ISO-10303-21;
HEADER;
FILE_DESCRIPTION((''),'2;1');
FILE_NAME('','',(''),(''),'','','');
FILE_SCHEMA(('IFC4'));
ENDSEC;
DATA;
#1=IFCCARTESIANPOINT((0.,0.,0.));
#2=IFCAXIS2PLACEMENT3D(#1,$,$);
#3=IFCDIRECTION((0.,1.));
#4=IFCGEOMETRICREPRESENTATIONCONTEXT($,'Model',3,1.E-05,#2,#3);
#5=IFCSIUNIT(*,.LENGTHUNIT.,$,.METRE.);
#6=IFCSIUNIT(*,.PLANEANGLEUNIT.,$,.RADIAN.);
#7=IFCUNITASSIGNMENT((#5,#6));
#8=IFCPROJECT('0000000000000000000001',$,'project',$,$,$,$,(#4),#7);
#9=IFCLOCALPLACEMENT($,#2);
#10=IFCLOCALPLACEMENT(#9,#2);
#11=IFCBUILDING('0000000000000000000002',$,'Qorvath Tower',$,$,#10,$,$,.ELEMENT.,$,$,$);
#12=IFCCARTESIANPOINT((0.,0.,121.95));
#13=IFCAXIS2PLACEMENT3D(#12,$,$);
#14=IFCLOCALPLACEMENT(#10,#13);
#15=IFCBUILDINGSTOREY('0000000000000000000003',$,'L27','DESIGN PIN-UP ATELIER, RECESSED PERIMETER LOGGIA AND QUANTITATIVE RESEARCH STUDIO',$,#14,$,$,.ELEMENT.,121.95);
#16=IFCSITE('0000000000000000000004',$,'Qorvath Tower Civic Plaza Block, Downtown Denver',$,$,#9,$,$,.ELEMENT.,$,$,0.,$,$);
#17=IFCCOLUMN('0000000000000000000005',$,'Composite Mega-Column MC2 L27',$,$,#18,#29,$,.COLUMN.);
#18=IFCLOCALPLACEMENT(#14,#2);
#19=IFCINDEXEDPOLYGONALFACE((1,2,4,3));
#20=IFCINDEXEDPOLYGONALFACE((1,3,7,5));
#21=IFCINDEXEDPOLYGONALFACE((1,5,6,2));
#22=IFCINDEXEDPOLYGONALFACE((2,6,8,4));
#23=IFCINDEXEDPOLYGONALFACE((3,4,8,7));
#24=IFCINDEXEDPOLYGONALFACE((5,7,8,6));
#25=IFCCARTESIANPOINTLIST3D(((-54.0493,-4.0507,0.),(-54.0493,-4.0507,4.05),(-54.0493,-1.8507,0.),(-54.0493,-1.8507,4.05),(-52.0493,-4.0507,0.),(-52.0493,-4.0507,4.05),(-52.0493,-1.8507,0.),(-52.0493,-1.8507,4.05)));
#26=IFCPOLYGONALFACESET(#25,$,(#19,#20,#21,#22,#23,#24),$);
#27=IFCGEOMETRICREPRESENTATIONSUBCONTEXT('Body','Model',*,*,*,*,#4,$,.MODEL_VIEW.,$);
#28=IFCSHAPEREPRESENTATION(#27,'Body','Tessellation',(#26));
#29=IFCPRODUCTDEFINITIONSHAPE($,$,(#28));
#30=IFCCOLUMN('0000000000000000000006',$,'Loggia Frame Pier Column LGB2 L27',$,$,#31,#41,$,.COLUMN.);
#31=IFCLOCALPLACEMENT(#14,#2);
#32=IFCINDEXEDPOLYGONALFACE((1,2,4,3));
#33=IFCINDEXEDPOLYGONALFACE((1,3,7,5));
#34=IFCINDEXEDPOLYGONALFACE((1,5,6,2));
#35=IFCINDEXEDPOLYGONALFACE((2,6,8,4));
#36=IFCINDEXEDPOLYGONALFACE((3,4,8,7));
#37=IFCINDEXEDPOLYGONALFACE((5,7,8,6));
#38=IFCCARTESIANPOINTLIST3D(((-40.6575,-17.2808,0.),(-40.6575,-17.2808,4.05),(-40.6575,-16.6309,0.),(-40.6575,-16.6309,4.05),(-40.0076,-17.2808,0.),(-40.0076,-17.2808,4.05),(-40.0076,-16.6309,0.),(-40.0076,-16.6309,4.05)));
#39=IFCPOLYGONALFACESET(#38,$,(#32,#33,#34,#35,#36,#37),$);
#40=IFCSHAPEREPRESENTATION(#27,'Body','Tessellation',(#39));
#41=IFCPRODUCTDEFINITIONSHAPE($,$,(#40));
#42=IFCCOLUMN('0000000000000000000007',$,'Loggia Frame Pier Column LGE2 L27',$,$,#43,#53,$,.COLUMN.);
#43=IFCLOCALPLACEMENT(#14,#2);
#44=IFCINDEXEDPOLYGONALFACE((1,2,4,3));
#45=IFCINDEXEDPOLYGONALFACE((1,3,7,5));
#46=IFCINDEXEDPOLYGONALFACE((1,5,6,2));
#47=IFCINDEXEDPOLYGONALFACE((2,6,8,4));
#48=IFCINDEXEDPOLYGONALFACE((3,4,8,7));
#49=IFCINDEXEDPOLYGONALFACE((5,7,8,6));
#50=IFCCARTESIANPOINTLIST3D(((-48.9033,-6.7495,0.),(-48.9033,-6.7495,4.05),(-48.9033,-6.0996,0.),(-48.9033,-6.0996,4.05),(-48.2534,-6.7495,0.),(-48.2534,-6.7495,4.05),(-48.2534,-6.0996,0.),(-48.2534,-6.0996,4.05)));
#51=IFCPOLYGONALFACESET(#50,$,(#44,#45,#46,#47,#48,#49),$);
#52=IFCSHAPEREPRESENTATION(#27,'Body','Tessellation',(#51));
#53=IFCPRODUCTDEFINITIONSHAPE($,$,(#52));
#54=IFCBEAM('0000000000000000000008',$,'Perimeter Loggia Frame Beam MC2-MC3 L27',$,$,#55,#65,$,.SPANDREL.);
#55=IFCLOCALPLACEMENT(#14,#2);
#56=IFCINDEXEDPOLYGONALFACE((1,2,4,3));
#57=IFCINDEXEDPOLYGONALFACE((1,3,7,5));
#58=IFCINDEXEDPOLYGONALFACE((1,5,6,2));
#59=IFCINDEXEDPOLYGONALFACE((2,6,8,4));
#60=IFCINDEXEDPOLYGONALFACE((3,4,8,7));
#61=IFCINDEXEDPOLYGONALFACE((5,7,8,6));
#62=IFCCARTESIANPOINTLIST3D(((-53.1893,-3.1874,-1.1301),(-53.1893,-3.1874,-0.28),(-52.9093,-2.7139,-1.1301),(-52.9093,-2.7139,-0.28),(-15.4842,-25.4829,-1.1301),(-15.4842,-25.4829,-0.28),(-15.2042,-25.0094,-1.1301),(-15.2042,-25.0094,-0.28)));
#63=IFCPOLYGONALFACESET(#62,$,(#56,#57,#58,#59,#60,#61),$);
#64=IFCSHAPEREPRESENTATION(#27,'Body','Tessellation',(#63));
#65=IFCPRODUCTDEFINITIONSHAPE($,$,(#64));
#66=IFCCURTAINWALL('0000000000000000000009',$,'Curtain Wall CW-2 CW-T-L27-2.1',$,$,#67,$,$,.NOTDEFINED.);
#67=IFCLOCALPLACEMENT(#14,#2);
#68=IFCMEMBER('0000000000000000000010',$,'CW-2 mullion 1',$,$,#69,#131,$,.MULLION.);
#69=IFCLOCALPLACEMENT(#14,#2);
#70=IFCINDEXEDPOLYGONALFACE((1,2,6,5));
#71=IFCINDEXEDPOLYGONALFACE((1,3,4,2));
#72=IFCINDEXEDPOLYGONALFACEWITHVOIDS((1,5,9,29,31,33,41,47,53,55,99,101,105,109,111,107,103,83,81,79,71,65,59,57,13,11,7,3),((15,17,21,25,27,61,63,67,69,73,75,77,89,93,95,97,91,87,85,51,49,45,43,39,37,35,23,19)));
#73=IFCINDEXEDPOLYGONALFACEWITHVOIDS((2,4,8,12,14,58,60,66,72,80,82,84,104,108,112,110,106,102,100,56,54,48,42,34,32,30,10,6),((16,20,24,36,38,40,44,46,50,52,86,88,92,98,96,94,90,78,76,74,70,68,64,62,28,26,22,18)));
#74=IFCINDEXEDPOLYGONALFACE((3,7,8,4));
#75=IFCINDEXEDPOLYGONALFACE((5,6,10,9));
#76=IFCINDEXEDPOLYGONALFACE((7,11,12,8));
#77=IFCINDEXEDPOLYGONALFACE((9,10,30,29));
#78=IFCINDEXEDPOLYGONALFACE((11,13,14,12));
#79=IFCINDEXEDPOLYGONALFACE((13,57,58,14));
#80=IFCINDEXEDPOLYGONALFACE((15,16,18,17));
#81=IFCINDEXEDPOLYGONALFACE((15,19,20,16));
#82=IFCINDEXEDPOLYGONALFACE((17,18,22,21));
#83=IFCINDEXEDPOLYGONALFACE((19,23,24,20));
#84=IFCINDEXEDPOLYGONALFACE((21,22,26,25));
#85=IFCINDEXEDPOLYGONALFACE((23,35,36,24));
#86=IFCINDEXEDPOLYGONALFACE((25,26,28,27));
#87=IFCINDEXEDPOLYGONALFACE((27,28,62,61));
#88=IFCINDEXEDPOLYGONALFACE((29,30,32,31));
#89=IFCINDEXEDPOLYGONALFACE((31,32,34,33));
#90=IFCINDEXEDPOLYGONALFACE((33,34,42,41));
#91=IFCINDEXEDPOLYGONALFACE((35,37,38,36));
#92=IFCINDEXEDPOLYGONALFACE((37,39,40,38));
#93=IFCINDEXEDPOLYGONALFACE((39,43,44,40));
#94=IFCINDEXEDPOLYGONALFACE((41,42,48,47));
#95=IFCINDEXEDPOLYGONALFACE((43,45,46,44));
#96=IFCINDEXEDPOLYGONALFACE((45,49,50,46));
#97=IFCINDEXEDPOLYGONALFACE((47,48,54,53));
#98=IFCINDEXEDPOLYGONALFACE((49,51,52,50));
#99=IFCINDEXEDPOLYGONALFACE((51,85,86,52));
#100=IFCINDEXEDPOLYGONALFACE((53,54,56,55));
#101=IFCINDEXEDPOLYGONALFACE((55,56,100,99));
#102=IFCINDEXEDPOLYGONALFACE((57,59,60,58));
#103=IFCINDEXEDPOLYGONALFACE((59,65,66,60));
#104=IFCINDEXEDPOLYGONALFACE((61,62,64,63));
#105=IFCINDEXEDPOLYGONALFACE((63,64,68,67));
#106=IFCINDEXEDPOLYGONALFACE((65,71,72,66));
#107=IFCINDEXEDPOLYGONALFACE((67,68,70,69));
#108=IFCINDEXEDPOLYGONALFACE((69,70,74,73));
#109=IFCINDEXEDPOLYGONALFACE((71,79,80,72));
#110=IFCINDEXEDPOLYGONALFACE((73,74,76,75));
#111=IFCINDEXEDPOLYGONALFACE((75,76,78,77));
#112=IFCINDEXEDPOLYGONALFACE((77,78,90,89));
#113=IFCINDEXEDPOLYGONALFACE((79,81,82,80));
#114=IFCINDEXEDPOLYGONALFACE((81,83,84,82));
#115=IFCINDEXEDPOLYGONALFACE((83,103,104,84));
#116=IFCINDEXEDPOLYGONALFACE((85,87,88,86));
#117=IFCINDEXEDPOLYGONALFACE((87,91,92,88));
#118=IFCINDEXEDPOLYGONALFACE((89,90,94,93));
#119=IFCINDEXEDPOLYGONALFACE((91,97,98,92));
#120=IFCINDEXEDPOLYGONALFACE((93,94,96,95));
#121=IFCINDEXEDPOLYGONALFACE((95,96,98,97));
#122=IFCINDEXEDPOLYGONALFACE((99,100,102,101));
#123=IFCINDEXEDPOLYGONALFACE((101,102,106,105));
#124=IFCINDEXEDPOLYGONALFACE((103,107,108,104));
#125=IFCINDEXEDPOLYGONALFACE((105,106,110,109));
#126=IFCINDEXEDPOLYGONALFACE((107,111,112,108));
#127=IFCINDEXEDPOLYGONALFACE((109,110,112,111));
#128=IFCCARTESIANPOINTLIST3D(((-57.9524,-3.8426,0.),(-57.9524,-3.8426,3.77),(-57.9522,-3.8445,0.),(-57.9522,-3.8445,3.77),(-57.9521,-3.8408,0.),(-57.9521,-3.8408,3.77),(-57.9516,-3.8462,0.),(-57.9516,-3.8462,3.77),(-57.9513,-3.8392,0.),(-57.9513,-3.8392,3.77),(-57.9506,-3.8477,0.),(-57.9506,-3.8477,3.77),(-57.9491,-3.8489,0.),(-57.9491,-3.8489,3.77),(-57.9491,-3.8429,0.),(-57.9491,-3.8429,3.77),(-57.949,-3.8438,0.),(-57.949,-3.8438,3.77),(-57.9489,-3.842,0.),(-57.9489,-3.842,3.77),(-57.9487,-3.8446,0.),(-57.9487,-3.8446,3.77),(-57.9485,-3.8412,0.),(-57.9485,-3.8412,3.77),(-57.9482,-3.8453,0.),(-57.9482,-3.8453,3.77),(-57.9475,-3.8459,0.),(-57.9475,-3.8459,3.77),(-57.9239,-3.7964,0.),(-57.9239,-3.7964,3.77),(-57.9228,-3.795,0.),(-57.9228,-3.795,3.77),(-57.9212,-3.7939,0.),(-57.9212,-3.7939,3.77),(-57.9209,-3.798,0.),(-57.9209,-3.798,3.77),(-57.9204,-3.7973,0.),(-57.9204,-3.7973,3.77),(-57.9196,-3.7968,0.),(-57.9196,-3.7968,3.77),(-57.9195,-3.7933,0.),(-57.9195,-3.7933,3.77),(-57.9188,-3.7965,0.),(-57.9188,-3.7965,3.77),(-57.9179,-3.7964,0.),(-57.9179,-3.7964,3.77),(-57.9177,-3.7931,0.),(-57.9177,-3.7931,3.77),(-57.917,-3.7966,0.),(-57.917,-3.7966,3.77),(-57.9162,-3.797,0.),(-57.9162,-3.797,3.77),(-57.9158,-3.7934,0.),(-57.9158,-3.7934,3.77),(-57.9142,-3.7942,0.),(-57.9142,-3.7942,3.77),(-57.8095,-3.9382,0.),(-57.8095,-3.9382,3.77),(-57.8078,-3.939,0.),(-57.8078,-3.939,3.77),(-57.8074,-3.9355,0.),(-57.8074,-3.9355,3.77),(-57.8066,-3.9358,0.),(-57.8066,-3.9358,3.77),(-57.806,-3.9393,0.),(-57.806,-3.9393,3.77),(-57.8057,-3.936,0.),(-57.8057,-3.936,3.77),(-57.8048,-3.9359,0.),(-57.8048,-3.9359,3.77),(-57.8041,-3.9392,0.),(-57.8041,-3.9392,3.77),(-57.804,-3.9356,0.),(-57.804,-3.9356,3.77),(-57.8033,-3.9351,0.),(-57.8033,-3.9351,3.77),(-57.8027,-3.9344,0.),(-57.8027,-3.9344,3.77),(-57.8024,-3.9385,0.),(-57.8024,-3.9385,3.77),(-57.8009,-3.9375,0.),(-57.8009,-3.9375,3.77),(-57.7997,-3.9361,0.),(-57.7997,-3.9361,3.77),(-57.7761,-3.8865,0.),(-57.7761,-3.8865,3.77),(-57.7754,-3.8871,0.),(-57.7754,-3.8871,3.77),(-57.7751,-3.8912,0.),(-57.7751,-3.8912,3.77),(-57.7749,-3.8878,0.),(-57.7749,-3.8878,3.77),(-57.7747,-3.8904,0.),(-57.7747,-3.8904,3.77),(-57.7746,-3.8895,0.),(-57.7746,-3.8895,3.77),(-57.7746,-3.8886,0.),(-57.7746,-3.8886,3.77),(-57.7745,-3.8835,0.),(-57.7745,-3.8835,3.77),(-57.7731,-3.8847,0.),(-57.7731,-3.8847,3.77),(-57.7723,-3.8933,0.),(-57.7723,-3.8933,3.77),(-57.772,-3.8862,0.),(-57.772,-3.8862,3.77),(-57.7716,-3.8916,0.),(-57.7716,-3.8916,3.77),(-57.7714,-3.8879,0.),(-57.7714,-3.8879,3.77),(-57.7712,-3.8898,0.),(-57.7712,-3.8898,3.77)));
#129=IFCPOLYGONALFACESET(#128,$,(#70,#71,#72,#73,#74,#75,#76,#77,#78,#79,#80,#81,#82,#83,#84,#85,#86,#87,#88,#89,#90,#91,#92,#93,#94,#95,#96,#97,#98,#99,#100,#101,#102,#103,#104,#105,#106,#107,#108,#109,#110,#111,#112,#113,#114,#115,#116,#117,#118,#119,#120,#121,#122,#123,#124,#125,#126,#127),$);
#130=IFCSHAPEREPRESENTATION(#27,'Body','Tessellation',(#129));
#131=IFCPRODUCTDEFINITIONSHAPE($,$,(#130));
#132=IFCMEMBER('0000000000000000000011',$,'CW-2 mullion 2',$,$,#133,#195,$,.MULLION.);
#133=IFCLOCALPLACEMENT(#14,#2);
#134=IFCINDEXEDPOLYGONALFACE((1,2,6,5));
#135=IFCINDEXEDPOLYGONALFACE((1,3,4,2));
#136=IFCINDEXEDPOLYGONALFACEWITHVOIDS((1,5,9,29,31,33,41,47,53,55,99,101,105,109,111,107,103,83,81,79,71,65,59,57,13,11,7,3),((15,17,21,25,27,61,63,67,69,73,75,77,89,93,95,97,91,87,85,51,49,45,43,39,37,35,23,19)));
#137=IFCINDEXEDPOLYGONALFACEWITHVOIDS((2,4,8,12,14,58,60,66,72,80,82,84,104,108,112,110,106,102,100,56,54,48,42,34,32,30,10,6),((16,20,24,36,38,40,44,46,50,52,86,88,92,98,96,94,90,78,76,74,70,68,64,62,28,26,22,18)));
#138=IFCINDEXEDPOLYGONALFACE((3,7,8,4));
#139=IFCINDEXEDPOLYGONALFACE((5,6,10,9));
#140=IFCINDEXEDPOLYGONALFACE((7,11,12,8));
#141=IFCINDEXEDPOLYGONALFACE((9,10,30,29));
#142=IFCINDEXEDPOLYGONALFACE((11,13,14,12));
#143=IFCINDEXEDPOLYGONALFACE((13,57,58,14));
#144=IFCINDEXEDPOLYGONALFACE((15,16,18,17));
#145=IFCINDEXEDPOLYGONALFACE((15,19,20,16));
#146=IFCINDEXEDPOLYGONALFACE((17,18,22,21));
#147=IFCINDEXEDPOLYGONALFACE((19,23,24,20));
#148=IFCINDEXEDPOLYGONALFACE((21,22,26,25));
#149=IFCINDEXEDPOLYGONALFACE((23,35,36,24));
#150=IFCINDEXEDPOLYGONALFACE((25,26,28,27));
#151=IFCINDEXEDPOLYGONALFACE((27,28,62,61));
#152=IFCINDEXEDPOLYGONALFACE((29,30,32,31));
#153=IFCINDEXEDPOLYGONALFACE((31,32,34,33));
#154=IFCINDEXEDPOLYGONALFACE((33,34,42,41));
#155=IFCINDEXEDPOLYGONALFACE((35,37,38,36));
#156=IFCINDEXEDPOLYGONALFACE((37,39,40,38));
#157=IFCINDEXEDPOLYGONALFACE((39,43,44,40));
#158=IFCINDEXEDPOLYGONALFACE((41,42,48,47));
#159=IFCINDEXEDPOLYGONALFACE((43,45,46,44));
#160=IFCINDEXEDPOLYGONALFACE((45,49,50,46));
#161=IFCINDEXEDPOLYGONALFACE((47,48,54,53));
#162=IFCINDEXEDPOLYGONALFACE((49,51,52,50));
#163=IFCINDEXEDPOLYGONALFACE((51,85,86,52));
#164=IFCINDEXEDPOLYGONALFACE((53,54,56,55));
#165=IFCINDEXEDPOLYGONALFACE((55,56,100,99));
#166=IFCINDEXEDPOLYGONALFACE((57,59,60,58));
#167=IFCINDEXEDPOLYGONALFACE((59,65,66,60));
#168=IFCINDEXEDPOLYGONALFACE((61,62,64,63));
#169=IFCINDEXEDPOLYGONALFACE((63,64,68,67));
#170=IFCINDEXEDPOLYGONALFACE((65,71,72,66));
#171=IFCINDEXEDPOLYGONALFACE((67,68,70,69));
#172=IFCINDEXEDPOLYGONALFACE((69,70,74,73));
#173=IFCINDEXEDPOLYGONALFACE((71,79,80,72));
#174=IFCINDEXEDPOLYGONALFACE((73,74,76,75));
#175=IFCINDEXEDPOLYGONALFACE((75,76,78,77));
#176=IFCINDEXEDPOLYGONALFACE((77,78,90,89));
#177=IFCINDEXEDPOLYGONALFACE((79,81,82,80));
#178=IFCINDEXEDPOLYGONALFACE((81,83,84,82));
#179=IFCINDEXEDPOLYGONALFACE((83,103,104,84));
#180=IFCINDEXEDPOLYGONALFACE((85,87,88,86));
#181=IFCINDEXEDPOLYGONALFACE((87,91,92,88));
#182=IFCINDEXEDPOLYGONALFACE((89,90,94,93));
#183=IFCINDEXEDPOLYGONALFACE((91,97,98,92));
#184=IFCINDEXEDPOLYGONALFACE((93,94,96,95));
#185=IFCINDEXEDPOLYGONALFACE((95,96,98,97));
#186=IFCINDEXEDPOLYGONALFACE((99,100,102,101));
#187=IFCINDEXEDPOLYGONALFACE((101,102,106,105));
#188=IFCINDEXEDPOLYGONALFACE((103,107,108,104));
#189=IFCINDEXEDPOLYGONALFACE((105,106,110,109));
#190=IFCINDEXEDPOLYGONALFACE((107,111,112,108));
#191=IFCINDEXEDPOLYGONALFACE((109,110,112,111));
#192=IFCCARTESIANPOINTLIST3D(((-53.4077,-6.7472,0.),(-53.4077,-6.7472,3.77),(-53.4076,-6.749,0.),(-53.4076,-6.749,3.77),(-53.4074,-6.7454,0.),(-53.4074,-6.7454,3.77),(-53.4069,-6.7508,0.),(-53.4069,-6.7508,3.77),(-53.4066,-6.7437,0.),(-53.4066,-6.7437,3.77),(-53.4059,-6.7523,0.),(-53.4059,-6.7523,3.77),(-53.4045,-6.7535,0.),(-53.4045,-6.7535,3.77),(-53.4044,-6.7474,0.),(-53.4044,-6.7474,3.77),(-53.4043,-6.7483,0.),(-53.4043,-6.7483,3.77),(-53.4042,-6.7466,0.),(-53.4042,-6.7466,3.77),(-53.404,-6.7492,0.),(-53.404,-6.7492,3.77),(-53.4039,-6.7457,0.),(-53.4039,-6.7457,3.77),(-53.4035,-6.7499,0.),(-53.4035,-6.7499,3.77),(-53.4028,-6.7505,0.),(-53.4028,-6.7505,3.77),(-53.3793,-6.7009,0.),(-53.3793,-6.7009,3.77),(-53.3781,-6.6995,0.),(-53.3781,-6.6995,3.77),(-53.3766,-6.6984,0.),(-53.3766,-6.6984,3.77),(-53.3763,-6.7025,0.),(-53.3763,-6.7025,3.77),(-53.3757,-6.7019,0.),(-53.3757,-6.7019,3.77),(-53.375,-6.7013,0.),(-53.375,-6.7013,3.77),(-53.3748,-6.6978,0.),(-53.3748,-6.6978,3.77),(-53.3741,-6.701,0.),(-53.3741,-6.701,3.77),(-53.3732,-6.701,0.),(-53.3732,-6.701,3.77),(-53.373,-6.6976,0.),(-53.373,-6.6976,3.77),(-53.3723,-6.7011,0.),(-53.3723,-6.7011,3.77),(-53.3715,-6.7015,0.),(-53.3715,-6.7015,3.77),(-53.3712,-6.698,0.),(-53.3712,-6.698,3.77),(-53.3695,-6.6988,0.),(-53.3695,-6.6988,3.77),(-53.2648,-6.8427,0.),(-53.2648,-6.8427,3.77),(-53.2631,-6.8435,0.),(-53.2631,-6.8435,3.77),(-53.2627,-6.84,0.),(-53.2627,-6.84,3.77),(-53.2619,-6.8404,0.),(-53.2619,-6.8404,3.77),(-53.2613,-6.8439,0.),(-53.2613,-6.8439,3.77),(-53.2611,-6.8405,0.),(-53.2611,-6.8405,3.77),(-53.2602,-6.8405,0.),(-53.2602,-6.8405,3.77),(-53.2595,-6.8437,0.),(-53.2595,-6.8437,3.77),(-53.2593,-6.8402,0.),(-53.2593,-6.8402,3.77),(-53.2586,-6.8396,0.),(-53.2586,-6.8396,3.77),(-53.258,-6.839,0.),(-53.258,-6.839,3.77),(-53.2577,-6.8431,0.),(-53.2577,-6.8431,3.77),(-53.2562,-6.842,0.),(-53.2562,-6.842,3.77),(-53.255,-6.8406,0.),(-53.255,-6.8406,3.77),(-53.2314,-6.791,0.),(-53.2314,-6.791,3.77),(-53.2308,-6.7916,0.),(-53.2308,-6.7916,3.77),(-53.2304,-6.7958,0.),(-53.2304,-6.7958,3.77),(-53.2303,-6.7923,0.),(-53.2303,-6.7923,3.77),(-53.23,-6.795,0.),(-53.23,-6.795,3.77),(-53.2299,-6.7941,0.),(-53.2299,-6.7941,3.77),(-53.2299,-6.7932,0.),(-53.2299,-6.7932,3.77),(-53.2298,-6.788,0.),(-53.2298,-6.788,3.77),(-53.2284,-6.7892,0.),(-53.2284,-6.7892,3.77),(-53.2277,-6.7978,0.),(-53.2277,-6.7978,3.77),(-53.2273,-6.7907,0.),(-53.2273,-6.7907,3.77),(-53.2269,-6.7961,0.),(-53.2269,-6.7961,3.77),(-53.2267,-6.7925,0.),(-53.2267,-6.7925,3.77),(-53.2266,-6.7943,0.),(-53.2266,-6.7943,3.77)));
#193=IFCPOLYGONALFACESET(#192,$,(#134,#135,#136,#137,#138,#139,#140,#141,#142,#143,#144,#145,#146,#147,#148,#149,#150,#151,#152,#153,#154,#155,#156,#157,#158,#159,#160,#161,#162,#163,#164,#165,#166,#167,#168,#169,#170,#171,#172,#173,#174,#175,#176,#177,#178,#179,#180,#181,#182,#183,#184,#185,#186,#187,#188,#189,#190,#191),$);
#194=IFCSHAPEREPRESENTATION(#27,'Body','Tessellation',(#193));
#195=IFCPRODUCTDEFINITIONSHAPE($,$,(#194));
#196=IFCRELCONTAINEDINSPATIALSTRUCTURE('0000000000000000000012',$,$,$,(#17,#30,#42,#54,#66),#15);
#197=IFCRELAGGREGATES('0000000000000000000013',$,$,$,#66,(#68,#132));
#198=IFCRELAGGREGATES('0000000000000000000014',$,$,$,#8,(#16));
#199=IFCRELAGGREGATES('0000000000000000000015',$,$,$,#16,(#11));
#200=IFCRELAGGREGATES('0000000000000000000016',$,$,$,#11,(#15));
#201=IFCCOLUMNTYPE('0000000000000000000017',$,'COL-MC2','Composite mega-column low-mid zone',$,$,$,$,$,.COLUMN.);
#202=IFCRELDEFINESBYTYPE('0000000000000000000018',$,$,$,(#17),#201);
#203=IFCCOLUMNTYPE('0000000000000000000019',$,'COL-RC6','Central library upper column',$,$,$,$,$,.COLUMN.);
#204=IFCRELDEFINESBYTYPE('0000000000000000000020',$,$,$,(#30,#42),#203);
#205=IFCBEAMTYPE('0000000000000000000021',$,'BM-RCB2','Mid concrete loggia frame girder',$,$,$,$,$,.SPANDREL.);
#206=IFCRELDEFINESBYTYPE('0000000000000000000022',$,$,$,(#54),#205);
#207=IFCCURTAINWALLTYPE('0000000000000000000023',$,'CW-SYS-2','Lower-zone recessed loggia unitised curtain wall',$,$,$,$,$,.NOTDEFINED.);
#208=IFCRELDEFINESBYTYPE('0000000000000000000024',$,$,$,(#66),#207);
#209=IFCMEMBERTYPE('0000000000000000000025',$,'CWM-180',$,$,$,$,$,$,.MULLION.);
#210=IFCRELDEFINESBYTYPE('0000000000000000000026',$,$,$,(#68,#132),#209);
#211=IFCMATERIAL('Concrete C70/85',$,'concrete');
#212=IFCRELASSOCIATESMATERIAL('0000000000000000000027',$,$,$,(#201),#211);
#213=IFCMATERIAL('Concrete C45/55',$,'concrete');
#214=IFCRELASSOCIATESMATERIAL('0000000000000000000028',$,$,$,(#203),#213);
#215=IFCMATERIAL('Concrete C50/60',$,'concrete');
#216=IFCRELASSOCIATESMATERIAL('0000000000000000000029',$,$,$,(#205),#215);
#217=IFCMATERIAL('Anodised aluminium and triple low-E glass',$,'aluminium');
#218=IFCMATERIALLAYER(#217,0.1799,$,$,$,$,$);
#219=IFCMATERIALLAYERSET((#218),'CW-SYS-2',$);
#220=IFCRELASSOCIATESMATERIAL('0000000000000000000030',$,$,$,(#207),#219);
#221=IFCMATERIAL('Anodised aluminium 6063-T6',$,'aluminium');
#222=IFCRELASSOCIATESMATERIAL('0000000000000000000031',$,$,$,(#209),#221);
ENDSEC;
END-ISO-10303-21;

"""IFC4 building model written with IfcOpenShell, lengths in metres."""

from ifc_helpers import new_model, si_unit, direction, frame, origin, origin_2d, place, context, subcontext, project, spatial, rectangle, hollow_rectangle, extrude, material, layer, layer_set, material_profile, profile_set, type_object, element, aggregate, save


model = new_model("IFC4")

# Units and contexts
model_context = context("Model", 3, precision=1e-05, world=origin(), true_north=direction((0.0, 1.0)))
body_context = subcontext(model_context, "Body", "Model", "MODEL_VIEW")
ifc_project = project(units=[si_unit("LENGTHUNIT", "METRE"), si_unit("PLANEANGLEUNIT", "RADIAN")], contexts=[model_context])

# Site, building, storey
site_placement = place(None, origin())
site = spatial("IfcSite", under=ifc_project, at=site_placement, Name="Qorvath Tower Civic Plaza Block, Downtown Denver", CompositionType="ELEMENT", RefElevation=0.0)
building_placement = place(site_placement, origin())
building = spatial("IfcBuilding", under=site, at=building_placement, Name="Qorvath Tower", CompositionType="ELEMENT")
storey_placement = place(building_placement, frame((0.0, 0.0, 121.95)))
storey = spatial("IfcBuildingStorey", under=building, at=storey_placement, Name="L27", Description="DESIGN PIN-UP ATELIER, RECESSED PERIMETER LOGGIA AND QUANTITATIVE RESEARCH STUDIO", CompositionType="ELEMENT", Elevation=121.95)

# Columns
ifc_material_1 = material(Name="Concrete C70/85", Category="concrete")
ifc_material_profile_1 = material_profile(ifc_material_1, rectangle(XDim=2.0, YDim=2.2, at=origin_2d()), Name="MC 2200x2000")
ifc_profile_set_1 = profile_set([ifc_material_profile_1], Name="Concrete C70/85")
column_type_1 = type_object("IfcColumnType", Name="COL-MC2", Description="Composite mega-column low-mid zone", PredefinedType="COLUMN", material=ifc_profile_set_1)
column_placement = place(storey_placement, frame((-53.0493, -2.9507, 0.0), z_axis=(0.0, 0.0, 1.0), x_axis=(1.0, 0.0, 0.0)))
element("IfcColumn", 1, at=column_placement, inside=storey, type_object=column_type_1, Name="Composite Mega-Column MC2 L27", PredefinedType="COLUMN", context=body_context, shape_type="SweptSolid", body=[
    extrude(rectangle(XDim=2.0, YDim=2.2, at=origin_2d()), origin(), (0.0, 0.0, 1.0), 4.05),
])
ifc_material_2 = material(Name="Concrete C45/55", Category="concrete")
ifc_material_profile_2 = material_profile(ifc_material_2, rectangle(XDim=0.6499, YDim=0.6499, at=origin_2d()), Name="RC 650x650")
ifc_profile_set_2 = profile_set([ifc_material_profile_2], Name="Concrete C45/55")
column_type_2 = type_object("IfcColumnType", Name="COL-RC6", Description="Central library upper column", PredefinedType="COLUMN", material=ifc_profile_set_2)
for number, where, z_axis, x_axis, name in (
    (2, (-40.3325, -16.9558, 0.0), (0.0, 0.0, 1.0), (1.0, 0.0, 0.0), "Loggia Frame Pier Column LGB2 L27"),
    (3, (-48.5784, -6.4246, 0.0), (0.0, 0.0, 1.0), (1.0, 0.0, 0.0), "Loggia Frame Pier Column LGE2 L27"),
):
    element("IfcColumn", number, at=place(storey_placement, frame(where, z_axis=z_axis, x_axis=x_axis)), inside=storey, type_object=column_type_2, Name=name, PredefinedType="COLUMN", context=body_context, shape_type="SweptSolid", body=[
        extrude(rectangle(XDim=0.6499, YDim=0.6499, at=origin_2d()), origin(), (0.0, 0.0, 1.0), 4.05),
    ])

# Beam
ifc_material_3 = material(Name="Concrete C50/60", Category="concrete")
ifc_material_profile_3 = material_profile(ifc_material_3, rectangle(XDim=0.55, YDim=0.8501, at=origin_2d()), Name="RCB 850x550")
ifc_profile_set_3 = profile_set([ifc_material_profile_3], Name="Concrete C50/60")
beam_type = type_object("IfcBeamType", Name="BM-RCB2", Description="Mid concrete loggia frame girder", PredefinedType="SPANDREL", material=ifc_profile_set_3)
beam_placement = place(storey_placement, frame((-53.0493, -2.9507, -0.7051), z_axis=(0.860775, -0.508985, 0.0), x_axis=(0.508985, 0.860775, 0.0)))
element("IfcBeam", 4, at=beam_placement, inside=storey, type_object=beam_type, Name="Perimeter Loggia Frame Beam MC2-MC3 L27", PredefinedType="SPANDREL", context=body_context, shape_type="SweptSolid", body=[
    extrude(rectangle(XDim=0.55, YDim=0.8501, at=origin_2d()), origin(), (0.0, 0.0, 1.0), 43.8037),
])

# Curtain wall, members
ifc_material_4 = material(Name="Anodised aluminium and triple low-E glass", Category="aluminium")
ifc_layer_1 = layer(ifc_material_4, 0.1799)
ifc_layer_set_1 = layer_set([ifc_layer_1], Name="CW-SYS-2")
curtain_wall_type = type_object("IfcCurtainWallType", Name="CW-SYS-2", Description="Lower-zone recessed loggia unitised curtain wall", PredefinedType="NOTDEFINED", material=ifc_layer_set_1)
curtain_wall_placement = place(storey_placement, origin())
curtain_wall = element("IfcCurtainWall", 5, at=curtain_wall_placement, inside=storey, type_object=curtain_wall_type, Name="Curtain Wall CW-2 CW-T-L27-2.1", PredefinedType="NOTDEFINED")
ifc_material_5 = material(Name="Anodised aluminium 6063-T6", Category="aluminium")
ifc_material_profile_4 = material_profile(ifc_material_5, hollow_rectangle(XDim=0.0649, YDim=0.1799, WallThickness=0.0034, InnerFilletRadius=0.0034, OuterFilletRadius=0.0071, at=origin_2d()), Name="CWM 180x65")
ifc_profile_set_4 = profile_set([ifc_material_profile_4], Name="Anodised aluminium 6063-T6")
member_type_1 = type_object("IfcMemberType", Name="CWM-180", PredefinedType="MULLION", material=ifc_profile_set_4)
member_1_placement = place(storey_placement, frame((-57.8618, -3.8662, 0.0), z_axis=(0.0, 0.0, 1.0), x_axis=(0.538534, 0.842604, 0.0)))
member_1 = element("IfcMember", 6, at=member_1_placement, type_object=member_type_1, Name="CW-2 mullion 1", PredefinedType="MULLION", context=body_context, shape_type="SweptSolid", body=[
    extrude(hollow_rectangle(XDim=0.0649, YDim=0.1799, WallThickness=0.0034, InnerFilletRadius=0.0034, OuterFilletRadius=0.0071, at=origin_2d()), origin(), (0.0, 0.0, 1.0), 3.77),
])
member_2_placement = place(storey_placement, frame((-53.3171, -6.7708, 0.0), z_axis=(0.0, 0.0, 1.0), x_axis=(0.538534, 0.842604, 0.0)))
member_2 = element("IfcMember", 7, at=member_2_placement, type_object=member_type_1, Name="CW-2 mullion 2", PredefinedType="MULLION", context=body_context, shape_type="SweptSolid", body=[
    extrude(hollow_rectangle(XDim=0.0649, YDim=0.1799, WallThickness=0.0034, InnerFilletRadius=0.0034, OuterFilletRadius=0.0071, at=origin_2d()), origin(), (0.0, 0.0, 1.0), 3.77),
])
aggregate(curtain_wall, [member_1, member_2])

save(model, "model.ifc")
